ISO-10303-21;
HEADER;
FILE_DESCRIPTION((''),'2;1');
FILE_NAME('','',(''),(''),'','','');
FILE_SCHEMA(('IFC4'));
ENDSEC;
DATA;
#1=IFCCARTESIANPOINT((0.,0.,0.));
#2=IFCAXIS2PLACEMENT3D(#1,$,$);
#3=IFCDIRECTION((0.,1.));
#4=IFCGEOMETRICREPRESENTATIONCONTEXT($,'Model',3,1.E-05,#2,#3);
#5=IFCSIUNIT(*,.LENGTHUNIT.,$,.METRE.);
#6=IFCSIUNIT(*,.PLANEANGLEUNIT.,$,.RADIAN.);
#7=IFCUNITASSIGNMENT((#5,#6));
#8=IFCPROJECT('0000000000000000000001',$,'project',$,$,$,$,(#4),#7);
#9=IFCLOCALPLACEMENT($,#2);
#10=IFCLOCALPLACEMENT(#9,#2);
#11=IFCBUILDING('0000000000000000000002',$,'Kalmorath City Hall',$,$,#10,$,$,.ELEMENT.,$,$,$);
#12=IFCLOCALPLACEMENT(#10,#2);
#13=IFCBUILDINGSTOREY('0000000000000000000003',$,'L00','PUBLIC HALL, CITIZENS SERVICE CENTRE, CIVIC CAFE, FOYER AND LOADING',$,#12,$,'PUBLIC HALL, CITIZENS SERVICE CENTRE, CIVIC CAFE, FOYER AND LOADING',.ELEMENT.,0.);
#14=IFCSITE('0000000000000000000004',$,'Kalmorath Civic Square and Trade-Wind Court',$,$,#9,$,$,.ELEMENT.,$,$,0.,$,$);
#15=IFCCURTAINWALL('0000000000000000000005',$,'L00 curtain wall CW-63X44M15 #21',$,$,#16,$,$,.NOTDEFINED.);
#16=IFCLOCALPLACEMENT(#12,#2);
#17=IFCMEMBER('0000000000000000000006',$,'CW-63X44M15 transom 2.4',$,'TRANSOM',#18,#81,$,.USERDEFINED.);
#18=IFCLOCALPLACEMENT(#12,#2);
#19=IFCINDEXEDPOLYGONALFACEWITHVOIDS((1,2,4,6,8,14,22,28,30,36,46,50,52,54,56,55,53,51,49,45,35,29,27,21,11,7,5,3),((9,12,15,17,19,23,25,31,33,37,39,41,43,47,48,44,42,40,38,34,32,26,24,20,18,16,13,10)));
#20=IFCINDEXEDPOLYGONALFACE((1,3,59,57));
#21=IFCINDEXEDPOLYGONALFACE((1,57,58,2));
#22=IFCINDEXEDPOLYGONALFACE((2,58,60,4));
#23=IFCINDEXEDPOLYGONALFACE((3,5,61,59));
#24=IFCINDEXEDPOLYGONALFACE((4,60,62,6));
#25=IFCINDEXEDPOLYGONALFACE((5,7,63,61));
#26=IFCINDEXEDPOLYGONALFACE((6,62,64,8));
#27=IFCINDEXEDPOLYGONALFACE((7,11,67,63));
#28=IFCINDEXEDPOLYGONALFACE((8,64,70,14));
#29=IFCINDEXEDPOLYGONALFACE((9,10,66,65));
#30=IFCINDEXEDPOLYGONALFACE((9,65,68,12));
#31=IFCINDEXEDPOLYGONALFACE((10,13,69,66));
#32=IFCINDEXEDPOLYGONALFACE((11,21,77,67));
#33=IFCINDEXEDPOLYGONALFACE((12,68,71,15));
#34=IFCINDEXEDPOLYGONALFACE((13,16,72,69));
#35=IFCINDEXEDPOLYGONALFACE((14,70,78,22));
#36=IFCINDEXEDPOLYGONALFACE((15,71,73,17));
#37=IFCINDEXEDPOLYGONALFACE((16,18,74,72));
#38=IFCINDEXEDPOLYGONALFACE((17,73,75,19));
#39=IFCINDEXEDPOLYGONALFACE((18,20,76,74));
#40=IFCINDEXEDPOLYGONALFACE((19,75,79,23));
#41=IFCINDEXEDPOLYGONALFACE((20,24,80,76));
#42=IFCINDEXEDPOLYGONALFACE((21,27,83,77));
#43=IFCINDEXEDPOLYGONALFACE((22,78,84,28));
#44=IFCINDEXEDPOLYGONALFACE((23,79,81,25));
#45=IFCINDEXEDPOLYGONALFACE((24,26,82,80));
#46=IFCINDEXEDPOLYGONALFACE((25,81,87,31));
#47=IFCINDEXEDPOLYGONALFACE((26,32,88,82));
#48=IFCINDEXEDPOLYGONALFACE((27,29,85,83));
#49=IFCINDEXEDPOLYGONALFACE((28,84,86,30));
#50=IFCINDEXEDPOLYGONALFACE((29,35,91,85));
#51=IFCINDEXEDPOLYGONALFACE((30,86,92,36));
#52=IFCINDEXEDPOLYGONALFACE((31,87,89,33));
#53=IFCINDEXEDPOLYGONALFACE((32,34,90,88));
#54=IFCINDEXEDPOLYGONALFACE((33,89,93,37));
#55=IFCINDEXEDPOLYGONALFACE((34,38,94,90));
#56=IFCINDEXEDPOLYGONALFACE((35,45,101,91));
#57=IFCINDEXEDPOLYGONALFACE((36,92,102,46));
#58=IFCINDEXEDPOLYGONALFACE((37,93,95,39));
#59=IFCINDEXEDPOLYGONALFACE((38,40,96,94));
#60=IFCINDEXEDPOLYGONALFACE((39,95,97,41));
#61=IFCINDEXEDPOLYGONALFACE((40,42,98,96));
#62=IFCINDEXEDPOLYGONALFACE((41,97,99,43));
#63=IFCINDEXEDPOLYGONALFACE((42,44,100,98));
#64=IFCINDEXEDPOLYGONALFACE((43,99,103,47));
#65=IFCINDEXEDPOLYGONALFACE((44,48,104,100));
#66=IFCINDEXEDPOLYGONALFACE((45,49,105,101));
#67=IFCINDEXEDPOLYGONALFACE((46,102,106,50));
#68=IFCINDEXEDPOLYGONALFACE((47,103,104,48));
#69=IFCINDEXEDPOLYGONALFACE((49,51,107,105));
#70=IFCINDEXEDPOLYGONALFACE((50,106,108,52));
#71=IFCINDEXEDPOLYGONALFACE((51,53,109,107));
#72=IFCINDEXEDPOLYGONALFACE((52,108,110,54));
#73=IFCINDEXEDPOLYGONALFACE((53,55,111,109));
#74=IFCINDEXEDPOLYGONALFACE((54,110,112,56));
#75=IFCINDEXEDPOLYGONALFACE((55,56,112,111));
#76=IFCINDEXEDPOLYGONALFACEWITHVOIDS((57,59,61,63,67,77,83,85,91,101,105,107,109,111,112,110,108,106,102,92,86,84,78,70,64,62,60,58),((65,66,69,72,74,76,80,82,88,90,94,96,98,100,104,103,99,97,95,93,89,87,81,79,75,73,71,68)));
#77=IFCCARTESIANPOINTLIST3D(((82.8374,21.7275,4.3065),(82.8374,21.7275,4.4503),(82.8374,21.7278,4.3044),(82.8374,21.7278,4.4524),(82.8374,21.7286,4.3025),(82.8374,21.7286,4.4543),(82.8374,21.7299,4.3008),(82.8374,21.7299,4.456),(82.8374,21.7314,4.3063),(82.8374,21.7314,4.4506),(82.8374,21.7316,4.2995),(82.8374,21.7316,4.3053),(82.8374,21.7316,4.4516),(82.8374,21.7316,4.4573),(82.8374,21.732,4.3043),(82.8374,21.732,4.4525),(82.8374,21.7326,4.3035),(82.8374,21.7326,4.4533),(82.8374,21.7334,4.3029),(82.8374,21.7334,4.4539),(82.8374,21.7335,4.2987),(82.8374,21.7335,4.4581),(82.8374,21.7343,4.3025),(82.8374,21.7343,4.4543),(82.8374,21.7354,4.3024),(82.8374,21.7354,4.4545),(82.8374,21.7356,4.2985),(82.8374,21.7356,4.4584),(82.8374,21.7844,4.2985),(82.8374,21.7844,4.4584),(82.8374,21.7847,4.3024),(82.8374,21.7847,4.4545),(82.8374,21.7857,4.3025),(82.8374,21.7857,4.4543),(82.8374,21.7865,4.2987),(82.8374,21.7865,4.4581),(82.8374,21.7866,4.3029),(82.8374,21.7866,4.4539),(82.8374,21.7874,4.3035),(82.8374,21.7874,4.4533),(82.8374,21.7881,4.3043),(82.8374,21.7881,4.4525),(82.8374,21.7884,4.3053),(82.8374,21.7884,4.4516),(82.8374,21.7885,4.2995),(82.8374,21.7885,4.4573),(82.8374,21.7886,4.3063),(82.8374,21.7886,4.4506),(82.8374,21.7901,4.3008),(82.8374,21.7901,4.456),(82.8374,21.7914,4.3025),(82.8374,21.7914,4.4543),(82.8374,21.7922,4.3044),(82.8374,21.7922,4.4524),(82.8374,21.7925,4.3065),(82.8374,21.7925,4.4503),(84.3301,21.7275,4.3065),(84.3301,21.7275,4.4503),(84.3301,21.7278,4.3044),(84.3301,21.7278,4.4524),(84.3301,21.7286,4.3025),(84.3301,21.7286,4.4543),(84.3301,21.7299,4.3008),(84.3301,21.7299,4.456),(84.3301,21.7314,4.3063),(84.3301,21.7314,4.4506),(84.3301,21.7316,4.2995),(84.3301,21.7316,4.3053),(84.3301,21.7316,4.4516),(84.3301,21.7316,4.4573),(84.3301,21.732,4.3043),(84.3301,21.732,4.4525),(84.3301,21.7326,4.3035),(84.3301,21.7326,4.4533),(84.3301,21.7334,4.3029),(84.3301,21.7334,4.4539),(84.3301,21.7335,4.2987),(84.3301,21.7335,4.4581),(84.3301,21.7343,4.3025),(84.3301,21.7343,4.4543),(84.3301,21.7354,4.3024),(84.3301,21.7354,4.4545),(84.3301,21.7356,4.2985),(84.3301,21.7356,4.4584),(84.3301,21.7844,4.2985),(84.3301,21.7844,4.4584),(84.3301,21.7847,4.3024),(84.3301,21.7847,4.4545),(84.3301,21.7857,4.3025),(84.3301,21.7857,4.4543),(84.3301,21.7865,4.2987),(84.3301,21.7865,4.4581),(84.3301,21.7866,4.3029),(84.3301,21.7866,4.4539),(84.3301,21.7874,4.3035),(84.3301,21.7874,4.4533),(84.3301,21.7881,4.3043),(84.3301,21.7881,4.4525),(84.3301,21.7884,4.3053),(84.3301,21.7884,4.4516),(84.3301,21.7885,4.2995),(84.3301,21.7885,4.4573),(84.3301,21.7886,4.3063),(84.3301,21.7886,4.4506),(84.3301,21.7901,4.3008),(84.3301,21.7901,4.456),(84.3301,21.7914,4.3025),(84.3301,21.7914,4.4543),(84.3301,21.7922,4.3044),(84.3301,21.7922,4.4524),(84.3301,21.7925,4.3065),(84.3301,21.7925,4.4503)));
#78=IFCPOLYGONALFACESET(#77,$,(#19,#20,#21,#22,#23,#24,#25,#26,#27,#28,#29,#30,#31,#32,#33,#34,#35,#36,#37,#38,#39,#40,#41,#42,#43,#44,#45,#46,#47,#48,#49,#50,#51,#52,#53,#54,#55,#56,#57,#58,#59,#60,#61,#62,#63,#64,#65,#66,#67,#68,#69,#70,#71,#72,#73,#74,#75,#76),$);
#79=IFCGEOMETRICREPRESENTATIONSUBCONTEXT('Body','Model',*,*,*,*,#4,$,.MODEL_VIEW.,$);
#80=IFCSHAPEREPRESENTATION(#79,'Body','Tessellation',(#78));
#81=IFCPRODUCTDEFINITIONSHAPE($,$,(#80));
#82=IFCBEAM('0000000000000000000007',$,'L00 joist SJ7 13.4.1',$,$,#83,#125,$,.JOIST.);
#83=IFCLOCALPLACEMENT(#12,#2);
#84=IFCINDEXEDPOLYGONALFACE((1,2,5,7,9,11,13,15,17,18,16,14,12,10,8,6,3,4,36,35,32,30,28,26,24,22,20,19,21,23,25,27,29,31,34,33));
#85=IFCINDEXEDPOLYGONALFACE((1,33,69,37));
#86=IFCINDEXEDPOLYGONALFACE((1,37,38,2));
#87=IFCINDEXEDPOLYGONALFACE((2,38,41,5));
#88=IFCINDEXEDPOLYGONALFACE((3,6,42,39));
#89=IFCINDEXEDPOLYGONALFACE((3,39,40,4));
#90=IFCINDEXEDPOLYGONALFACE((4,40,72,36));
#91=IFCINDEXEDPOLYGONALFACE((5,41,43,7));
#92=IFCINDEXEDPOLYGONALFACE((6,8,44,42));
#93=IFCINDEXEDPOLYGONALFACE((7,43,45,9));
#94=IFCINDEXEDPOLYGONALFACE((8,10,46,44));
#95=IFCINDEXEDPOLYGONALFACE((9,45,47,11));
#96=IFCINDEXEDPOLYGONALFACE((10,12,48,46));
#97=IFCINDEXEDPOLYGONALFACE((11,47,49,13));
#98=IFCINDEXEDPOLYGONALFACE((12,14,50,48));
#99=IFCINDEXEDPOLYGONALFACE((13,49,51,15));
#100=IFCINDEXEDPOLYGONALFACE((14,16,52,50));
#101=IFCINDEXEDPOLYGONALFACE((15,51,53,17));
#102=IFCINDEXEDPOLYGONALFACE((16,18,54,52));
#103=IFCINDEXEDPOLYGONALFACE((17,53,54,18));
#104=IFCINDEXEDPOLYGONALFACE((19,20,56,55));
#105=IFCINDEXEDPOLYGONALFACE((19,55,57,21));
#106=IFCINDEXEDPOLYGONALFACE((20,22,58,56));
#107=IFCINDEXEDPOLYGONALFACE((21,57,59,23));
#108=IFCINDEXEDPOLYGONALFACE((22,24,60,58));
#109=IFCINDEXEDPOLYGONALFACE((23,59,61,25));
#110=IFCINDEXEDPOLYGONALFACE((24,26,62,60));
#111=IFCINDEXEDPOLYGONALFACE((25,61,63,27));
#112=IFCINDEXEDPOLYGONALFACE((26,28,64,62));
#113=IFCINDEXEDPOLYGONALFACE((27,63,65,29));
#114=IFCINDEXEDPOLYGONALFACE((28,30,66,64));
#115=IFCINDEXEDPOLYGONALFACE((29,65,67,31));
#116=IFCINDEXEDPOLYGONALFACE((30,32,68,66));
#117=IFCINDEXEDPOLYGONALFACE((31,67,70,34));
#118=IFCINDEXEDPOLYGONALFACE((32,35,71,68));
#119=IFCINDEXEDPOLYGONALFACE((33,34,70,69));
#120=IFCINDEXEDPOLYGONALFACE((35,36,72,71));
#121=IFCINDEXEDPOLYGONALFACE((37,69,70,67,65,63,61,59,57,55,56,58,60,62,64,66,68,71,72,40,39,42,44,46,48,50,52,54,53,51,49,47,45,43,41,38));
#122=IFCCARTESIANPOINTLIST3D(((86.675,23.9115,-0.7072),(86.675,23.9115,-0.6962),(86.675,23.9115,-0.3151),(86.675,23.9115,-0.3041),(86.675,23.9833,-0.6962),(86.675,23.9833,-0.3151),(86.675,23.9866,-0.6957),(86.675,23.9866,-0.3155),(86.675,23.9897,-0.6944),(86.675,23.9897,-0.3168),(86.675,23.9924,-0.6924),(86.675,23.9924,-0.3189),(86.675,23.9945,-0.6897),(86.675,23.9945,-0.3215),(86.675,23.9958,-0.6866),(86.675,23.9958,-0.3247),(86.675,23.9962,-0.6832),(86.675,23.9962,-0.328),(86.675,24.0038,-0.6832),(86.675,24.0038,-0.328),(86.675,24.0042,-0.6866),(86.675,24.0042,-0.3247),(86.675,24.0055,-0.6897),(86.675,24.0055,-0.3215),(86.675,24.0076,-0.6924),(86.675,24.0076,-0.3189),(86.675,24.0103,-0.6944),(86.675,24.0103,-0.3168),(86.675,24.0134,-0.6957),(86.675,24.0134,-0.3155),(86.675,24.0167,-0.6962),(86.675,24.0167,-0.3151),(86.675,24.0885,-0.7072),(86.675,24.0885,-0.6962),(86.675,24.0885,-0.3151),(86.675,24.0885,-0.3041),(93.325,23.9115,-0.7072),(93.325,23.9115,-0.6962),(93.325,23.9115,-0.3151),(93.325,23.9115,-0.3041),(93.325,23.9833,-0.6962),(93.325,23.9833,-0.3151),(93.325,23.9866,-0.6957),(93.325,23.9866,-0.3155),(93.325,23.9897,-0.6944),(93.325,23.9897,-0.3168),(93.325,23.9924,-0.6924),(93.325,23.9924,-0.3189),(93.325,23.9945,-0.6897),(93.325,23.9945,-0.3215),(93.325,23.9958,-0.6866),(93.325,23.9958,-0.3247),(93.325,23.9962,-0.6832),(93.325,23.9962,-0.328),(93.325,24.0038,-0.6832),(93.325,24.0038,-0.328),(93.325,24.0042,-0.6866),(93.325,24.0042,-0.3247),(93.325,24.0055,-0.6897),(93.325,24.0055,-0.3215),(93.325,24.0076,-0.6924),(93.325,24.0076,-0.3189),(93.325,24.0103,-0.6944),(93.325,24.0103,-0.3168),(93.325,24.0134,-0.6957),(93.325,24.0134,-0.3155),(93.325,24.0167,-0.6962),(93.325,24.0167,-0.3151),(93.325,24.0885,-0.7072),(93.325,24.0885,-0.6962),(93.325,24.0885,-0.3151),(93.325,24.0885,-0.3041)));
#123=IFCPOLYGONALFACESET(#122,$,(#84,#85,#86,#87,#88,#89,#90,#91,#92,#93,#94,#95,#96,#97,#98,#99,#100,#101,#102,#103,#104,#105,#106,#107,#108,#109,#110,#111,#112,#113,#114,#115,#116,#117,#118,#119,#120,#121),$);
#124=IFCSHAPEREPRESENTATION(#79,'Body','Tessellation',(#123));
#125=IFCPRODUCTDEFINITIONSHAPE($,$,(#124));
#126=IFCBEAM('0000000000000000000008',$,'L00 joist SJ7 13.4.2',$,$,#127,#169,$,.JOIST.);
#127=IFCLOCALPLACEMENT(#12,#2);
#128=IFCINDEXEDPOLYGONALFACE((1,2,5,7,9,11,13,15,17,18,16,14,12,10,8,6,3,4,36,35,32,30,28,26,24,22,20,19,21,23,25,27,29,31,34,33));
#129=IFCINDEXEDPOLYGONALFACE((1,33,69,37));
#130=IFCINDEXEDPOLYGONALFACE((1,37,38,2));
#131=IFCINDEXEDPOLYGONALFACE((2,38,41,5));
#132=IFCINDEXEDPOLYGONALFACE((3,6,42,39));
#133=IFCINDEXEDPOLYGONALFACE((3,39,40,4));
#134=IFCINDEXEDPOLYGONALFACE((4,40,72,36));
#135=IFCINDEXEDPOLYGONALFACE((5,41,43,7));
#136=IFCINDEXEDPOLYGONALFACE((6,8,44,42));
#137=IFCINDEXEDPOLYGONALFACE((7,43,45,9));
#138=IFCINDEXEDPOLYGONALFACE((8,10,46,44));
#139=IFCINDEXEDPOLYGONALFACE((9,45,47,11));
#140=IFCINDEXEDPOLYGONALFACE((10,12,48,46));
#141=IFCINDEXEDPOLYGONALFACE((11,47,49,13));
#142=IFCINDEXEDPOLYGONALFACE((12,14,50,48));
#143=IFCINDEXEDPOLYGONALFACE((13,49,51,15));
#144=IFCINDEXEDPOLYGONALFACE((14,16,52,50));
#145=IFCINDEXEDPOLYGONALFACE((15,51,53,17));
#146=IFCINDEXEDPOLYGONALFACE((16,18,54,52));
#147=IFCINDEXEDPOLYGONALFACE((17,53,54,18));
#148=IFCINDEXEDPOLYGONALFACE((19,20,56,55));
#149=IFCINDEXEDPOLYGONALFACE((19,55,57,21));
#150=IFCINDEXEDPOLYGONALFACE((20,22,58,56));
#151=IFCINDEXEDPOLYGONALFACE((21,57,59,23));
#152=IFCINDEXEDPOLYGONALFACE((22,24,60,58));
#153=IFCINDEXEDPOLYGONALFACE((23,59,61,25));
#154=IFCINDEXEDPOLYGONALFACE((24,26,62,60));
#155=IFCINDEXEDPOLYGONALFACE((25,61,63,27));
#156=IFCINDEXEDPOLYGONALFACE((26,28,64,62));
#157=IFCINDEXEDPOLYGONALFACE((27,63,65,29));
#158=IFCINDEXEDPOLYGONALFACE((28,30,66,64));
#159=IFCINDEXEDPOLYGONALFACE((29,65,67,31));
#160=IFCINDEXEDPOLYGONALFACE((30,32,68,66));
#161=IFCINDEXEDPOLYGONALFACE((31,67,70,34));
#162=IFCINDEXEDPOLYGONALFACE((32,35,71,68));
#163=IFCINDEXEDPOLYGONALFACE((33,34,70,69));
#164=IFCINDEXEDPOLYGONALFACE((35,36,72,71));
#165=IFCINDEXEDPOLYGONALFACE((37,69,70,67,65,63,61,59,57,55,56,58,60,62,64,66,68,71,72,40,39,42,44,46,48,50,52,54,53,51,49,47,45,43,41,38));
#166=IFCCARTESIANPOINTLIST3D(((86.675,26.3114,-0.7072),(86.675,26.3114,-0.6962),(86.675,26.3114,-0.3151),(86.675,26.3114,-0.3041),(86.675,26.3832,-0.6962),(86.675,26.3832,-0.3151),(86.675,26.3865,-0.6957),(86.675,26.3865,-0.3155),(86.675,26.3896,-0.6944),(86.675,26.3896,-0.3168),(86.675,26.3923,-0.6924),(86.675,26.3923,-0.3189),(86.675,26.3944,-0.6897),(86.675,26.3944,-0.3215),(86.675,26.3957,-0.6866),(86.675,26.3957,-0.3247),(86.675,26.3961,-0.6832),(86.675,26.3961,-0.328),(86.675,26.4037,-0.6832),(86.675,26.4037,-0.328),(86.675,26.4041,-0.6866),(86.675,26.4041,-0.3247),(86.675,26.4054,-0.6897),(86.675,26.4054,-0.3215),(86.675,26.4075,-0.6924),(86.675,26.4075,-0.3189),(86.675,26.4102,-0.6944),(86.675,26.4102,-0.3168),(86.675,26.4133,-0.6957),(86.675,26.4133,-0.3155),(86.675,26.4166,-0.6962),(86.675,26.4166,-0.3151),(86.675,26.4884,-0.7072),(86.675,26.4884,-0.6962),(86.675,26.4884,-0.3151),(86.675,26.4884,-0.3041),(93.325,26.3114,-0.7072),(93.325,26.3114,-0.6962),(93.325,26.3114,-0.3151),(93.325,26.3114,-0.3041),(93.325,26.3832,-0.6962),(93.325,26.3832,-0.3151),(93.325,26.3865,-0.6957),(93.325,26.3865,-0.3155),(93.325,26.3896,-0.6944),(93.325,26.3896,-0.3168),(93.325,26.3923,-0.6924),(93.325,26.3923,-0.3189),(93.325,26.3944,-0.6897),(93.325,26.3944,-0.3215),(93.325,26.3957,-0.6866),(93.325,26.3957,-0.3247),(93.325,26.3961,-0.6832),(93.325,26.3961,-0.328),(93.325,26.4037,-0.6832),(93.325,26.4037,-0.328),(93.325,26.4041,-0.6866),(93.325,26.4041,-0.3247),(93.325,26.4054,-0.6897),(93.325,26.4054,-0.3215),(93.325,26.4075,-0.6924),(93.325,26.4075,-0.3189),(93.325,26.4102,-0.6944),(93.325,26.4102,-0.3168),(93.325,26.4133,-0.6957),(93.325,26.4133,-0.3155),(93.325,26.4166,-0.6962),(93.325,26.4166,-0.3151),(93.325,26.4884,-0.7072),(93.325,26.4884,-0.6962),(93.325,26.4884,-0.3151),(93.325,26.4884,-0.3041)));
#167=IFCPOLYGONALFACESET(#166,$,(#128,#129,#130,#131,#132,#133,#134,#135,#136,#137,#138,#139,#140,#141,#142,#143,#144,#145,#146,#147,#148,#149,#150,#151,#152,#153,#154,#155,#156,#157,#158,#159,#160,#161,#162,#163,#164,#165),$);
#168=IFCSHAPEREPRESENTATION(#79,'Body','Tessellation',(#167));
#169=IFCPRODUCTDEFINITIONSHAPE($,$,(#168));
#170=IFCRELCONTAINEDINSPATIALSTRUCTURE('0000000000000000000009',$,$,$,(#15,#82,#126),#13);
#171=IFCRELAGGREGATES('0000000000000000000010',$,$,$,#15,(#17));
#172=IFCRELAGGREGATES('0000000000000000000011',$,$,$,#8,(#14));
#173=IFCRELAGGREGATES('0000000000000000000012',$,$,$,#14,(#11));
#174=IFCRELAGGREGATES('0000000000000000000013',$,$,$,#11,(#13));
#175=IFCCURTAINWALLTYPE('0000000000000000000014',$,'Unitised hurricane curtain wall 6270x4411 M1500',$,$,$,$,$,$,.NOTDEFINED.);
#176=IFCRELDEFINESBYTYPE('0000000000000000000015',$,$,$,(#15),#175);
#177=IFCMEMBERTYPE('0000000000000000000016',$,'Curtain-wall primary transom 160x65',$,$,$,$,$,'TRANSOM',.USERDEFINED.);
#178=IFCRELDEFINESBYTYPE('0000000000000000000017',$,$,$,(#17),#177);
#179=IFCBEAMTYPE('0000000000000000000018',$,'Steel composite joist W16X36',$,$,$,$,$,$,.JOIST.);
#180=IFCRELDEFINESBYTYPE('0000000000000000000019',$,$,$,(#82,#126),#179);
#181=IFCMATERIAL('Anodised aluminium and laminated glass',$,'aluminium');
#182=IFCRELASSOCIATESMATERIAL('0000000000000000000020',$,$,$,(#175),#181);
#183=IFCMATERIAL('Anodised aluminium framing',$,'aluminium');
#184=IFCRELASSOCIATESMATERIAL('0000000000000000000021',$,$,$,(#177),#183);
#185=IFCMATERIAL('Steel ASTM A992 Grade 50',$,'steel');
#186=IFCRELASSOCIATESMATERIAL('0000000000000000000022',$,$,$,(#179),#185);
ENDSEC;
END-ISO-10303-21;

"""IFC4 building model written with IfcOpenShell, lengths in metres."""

from ifc_helpers import new_model, si_unit, direction, frame, origin, origin_2d, place, context, subcontext, project, spatial, hollow_rectangle, i_section, extrude, material, material_profile, profile_set, type_object, element, aggregate, save


model = new_model("IFC4")

# Units and contexts
model_context = context("Model", 3, precision=1e-05, world=origin(), true_north=direction((0.0, 1.0)))
body_context = subcontext(model_context, "Body", "Model", "MODEL_VIEW")
ifc_project = project(units=[si_unit("LENGTHUNIT", "METRE"), si_unit("PLANEANGLEUNIT", "RADIAN")], contexts=[model_context])

# Site, building, storey
site_placement = place(None, origin())
site = spatial("IfcSite", under=ifc_project, at=site_placement, Name="Kalmorath Civic Square and Trade-Wind Court", CompositionType="ELEMENT", RefElevation=0.0)
building_placement = place(site_placement, origin())
building = spatial("IfcBuilding", under=site, at=building_placement, Name="Kalmorath City Hall", CompositionType="ELEMENT")
storey_placement = place(building_placement, origin())
storey = spatial("IfcBuildingStorey", under=building, at=storey_placement, Name="L00", Description="PUBLIC HALL, CITIZENS SERVICE CENTRE, CIVIC CAFE, FOYER AND LOADING", LongName="PUBLIC HALL, CITIZENS SERVICE CENTRE, CIVIC CAFE, FOYER AND LOADING", CompositionType="ELEMENT", Elevation=0.0)

# Curtain wall, member
ifc_material_1 = material(Name="Anodised aluminium and laminated glass", Category="aluminium")
curtain_wall_type = type_object("IfcCurtainWallType", Name="Unitised hurricane curtain wall 6270x4411 M1500", PredefinedType="NOTDEFINED", material=ifc_material_1)
curtain_wall_placement = place(storey_placement, origin())
curtain_wall = element("IfcCurtainWall", 1, at=curtain_wall_placement, inside=storey, type_object=curtain_wall_type, Name="L00 curtain wall CW-63X44M15 #21", PredefinedType="NOTDEFINED")
ifc_material_2 = material(Name="Anodised aluminium framing", Category="aluminium")
ifc_material_profile_1 = material_profile(ifc_material_2, hollow_rectangle(XDim=0.0649, YDim=0.1599, WallThickness=0.0039, InnerFilletRadius=0.0039, OuterFilletRadius=0.0081, at=origin_2d()), Name="ALU-TRN-160X65X4")
ifc_profile_set_1 = profile_set([ifc_material_profile_1], Name="Anodised aluminium framing")
member_type_1 = type_object("IfcMemberType", Name="Curtain-wall primary transom 160x65", ElementType="TRANSOM", PredefinedType="USERDEFINED", material=ifc_profile_set_1)
member_1_placement = place(storey_placement, frame((84.3301, 21.76, 4.3784), z_axis=(-1.0, 0.0, 0.0), x_axis=(0.0, -1.0, 0.0)))
member_1 = element("IfcMember", 2, at=member_1_placement, type_object=member_type_1, Name="CW-63X44M15 transom 2.4", ObjectType="TRANSOM", PredefinedType="USERDEFINED", context=body_context, shape_type="SweptSolid", body=[
    extrude(hollow_rectangle(XDim=0.0649, YDim=0.1599, WallThickness=0.0039, InnerFilletRadius=0.0039, OuterFilletRadius=0.0081, at=origin_2d()), origin(), (0.0, 0.0, 1.0), 1.4927),
])

# Beams
ifc_material_3 = material(Name="Steel ASTM A992 Grade 50", Category="steel")
ifc_material_profile_2 = material_profile(ifc_material_3, i_section(OverallWidth=0.177, OverallDepth=0.4031, WebThickness=0.0076, FlangeThickness=0.011, FilletRadius=0.0129, at=origin_2d()), Name="W16X36")
ifc_profile_set_2 = profile_set([ifc_material_profile_2], Name="Steel ASTM A992 Grade 50")
beam_type_1 = type_object("IfcBeamType", Name="Steel composite joist W16X36", PredefinedType="JOIST", material=ifc_profile_set_2)
for number, where, z_axis, x_axis, name in (
    (3, (86.675, 24.0, -0.5056), (1.0, 0.0, 0.0), (0.0, 1.0, 0.0), "L00 joist SJ7 13.4.1"),
    (4, (86.675, 26.3999, -0.5056), (1.0, 0.0, 0.0), (0.0, 1.0, 0.0), "L00 joist SJ7 13.4.2"),
):
    element("IfcBeam", number, at=place(storey_placement, frame(where, z_axis=z_axis, x_axis=x_axis)), inside=storey, type_object=beam_type_1, Name=name, PredefinedType="JOIST", context=body_context, shape_type="SweptSolid", body=[
        extrude(i_section(OverallWidth=0.177, OverallDepth=0.4031, WebThickness=0.0076, FlangeThickness=0.011, FilletRadius=0.0129, at=origin_2d()), origin(), (0.0, 0.0, 1.0), 6.6499),
    ])

aggregate(curtain_wall, [member_1])

save(model, "model.ifc")
